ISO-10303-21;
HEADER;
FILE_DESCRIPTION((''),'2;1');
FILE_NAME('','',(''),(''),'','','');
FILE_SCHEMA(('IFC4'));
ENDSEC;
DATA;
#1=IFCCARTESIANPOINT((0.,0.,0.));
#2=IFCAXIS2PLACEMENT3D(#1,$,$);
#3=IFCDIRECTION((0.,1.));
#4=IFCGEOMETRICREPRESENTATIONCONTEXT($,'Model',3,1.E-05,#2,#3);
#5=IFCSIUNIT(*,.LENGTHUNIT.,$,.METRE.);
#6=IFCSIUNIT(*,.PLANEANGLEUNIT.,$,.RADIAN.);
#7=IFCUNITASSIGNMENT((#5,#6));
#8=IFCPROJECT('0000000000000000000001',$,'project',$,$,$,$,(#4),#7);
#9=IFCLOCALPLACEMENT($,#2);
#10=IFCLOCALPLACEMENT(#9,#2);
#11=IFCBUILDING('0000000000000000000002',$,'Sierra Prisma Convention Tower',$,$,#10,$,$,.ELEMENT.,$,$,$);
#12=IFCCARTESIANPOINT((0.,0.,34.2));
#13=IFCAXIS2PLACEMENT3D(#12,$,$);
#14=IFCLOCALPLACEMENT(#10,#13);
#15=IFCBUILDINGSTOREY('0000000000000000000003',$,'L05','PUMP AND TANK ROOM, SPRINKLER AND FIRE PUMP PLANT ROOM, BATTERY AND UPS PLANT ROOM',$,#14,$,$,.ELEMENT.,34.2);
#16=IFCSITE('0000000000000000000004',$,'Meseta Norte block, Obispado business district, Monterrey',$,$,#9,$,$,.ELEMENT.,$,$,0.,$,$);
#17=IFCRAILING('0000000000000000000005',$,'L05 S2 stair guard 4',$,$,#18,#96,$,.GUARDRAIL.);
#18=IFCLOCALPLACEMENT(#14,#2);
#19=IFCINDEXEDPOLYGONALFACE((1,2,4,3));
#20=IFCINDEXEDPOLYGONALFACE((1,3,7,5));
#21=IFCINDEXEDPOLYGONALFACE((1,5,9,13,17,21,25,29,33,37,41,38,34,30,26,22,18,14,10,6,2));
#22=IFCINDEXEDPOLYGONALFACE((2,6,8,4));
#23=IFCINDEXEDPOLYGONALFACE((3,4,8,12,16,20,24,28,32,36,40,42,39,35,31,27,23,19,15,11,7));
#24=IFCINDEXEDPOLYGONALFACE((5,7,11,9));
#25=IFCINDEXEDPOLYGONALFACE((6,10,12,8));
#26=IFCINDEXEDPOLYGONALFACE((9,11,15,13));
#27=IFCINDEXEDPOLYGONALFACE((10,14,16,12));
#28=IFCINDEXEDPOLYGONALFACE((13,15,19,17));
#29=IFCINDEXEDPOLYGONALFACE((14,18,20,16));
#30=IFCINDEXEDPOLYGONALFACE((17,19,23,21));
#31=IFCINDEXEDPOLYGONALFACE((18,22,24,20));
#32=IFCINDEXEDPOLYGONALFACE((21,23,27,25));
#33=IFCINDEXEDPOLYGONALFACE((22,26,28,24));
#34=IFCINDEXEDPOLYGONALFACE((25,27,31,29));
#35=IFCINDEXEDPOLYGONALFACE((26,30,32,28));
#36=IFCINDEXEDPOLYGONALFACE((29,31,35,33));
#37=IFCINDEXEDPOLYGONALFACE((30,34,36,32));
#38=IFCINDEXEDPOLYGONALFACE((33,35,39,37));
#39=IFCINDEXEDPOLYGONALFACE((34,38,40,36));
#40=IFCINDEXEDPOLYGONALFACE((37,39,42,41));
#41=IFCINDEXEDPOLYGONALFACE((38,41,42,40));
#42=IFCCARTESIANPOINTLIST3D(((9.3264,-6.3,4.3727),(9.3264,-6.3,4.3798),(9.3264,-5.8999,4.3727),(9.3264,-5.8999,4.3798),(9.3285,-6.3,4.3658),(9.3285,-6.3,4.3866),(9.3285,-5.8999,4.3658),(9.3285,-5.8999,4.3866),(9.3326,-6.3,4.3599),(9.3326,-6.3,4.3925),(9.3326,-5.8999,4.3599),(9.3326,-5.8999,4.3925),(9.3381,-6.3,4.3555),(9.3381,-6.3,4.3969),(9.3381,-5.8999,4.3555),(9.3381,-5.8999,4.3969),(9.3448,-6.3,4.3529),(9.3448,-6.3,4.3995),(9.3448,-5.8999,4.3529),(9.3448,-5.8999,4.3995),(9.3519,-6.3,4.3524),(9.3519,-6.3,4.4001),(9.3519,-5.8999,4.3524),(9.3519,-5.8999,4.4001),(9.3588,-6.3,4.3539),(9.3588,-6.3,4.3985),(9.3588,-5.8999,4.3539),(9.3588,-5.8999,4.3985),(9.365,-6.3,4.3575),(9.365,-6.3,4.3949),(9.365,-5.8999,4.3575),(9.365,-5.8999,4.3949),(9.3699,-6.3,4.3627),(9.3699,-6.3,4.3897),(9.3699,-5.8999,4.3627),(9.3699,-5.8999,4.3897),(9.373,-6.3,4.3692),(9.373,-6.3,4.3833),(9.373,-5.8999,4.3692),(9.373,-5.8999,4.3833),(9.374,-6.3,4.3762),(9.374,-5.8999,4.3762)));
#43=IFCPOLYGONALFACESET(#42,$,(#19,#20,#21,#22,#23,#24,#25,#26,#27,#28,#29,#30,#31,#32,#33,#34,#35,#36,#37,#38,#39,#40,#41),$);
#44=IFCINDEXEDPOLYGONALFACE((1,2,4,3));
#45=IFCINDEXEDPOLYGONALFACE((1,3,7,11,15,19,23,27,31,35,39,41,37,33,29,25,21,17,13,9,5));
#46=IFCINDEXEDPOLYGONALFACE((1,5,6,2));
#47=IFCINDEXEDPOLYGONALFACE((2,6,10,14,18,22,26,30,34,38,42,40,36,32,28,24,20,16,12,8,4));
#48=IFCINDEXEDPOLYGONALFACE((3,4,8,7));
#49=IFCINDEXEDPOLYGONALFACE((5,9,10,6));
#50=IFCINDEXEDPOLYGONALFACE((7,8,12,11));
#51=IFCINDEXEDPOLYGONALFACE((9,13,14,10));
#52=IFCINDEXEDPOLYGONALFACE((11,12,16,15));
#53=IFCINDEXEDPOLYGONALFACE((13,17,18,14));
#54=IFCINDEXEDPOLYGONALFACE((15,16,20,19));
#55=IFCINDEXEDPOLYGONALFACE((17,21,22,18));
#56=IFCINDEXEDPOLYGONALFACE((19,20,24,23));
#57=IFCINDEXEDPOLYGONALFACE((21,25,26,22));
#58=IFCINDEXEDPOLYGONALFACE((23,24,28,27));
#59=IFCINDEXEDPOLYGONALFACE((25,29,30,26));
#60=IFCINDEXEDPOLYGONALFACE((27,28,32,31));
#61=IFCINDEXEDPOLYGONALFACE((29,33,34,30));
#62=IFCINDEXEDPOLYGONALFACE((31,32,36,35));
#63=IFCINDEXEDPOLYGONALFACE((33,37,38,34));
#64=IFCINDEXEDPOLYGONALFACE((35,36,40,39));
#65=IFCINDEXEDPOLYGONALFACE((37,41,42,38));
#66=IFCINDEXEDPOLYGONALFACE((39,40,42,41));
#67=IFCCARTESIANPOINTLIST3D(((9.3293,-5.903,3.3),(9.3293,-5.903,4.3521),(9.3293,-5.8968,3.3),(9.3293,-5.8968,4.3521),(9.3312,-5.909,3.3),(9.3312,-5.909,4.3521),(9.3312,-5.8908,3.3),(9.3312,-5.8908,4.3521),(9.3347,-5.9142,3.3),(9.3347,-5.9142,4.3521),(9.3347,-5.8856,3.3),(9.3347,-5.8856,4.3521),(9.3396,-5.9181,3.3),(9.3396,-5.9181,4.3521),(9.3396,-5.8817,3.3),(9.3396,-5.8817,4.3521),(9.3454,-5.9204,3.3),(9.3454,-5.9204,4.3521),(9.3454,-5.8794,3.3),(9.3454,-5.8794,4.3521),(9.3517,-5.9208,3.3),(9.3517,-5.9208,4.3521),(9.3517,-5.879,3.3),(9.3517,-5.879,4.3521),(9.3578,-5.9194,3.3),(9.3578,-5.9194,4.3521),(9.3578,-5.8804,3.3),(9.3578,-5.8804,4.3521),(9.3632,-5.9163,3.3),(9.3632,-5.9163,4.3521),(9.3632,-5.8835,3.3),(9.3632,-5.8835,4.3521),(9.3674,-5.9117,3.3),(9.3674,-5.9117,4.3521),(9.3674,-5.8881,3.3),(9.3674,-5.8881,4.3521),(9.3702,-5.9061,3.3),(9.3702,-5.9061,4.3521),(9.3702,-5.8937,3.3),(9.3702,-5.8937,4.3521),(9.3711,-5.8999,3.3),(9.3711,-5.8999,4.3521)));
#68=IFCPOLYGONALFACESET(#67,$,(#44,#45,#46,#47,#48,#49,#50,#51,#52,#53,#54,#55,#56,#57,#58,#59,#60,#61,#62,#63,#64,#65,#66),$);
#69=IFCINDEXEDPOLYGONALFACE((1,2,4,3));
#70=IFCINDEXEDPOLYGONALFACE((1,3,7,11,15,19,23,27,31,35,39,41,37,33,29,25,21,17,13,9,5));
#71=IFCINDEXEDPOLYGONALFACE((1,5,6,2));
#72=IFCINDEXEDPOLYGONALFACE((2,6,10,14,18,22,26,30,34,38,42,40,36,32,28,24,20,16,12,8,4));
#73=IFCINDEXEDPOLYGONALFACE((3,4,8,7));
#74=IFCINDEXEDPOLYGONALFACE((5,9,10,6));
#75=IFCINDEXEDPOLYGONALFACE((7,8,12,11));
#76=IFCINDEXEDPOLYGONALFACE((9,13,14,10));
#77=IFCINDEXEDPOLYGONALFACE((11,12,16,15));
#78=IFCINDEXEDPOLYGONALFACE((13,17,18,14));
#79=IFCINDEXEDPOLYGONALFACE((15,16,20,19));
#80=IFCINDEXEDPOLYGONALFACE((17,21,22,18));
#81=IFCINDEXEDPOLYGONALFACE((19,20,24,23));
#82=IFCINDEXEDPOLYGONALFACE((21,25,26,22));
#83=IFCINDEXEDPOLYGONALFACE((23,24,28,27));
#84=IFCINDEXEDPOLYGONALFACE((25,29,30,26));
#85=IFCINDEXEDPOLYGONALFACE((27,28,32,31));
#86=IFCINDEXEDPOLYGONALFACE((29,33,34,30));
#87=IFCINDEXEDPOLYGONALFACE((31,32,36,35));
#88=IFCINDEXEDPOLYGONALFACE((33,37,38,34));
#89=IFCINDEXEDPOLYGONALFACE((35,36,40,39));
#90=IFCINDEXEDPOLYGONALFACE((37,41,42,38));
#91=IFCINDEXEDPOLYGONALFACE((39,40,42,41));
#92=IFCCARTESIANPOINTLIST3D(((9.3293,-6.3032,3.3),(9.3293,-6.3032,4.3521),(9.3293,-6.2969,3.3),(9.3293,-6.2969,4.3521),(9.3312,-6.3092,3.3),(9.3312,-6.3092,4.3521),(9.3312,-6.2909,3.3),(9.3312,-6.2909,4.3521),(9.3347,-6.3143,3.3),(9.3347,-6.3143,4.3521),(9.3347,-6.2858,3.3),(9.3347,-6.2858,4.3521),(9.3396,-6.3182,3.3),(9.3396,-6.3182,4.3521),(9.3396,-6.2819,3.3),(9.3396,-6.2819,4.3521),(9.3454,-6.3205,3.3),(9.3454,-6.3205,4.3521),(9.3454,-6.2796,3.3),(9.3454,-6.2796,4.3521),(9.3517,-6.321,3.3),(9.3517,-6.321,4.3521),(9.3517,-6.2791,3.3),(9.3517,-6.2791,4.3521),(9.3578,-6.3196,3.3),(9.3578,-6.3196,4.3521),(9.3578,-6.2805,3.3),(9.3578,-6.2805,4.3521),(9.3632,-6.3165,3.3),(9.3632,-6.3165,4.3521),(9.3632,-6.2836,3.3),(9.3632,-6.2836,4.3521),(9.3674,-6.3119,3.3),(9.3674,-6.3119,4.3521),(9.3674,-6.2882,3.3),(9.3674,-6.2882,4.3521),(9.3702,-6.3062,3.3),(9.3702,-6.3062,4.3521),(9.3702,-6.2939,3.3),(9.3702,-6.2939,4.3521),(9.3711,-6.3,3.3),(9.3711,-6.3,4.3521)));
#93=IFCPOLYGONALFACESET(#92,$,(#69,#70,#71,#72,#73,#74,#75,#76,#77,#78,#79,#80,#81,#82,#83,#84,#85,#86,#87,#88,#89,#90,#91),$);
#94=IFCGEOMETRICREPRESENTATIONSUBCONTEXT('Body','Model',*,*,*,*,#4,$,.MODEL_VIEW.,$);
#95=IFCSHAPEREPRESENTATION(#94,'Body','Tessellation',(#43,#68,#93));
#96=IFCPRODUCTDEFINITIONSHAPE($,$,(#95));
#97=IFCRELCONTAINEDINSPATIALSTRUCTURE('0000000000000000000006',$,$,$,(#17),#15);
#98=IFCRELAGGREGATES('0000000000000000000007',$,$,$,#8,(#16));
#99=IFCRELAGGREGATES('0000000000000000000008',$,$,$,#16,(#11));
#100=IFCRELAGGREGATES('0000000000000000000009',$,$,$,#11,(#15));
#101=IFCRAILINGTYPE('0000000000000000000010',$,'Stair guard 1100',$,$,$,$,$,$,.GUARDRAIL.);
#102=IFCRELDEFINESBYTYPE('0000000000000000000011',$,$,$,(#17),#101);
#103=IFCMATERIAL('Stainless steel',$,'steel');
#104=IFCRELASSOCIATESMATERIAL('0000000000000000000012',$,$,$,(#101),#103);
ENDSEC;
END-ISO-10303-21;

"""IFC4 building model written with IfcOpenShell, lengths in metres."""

from ifc_helpers import new_model, si_unit, direction, frame, origin, origin_2d, place, context, subcontext, project, spatial, circle, extrude, material, type_object, element, save


model = new_model("IFC4")

# Units and contexts
model_context = context("Model", 3, precision=1e-05, world=origin(), true_north=direction((0.0, 1.0)))
body_context = subcontext(model_context, "Body", "Model", "MODEL_VIEW")
ifc_project = project(units=[si_unit("LENGTHUNIT", "METRE"), si_unit("PLANEANGLEUNIT", "RADIAN")], contexts=[model_context])

# Site, building, storey
site_placement = place(None, origin())
site = spatial("IfcSite", under=ifc_project, at=site_placement, Name="Meseta Norte block, Obispado business district, Monterrey", CompositionType="ELEMENT", RefElevation=0.0)
building_placement = place(site_placement, origin())
building = spatial("IfcBuilding", under=site, at=building_placement, Name="Sierra Prisma Convention Tower", CompositionType="ELEMENT")
storey_placement = place(building_placement, frame((0.0, 0.0, 34.2)))
storey = spatial("IfcBuildingStorey", under=building, at=storey_placement, Name="L05", Description="PUMP AND TANK ROOM, SPRINKLER AND FIRE PUMP PLANT ROOM, BATTERY AND UPS PLANT ROOM", CompositionType="ELEMENT", Elevation=34.2)

# Railing
ifc_material_1 = material(Name="Stainless steel", Category="steel")
railing_type_1 = type_object("IfcRailingType", Name="Stair guard 1100", PredefinedType="GUARDRAIL", material=ifc_material_1)
railing_1_placement = place(storey_placement, frame((9.3501, -5.8999, 3.3)))
element("IfcRailing", 1, at=railing_1_placement, inside=storey, type_object=railing_type_1, Name="L05 S2 stair guard 4", PredefinedType="GUARDRAIL", context=body_context, shape_type="SweptSolid", body=[
    extrude(circle(Radius=0.0239, at=origin_2d()), frame((0.0, 0.0, 1.0762), z_axis=(0.0, -1.0, 0.0), x_axis=(1.0, 0.0, 0.0)), (0.0, 0.0, 1.0), 0.4001),
    extrude(circle(Radius=0.021, at=origin_2d()), origin(), (0.0, 0.0, 1.0), 1.052),
    extrude(circle(Radius=0.021, at=origin_2d()), frame((0.0, -0.4001, 0.0)), (0.0, 0.0, 1.0), 1.052),
])

save(model, "model.ifc")
